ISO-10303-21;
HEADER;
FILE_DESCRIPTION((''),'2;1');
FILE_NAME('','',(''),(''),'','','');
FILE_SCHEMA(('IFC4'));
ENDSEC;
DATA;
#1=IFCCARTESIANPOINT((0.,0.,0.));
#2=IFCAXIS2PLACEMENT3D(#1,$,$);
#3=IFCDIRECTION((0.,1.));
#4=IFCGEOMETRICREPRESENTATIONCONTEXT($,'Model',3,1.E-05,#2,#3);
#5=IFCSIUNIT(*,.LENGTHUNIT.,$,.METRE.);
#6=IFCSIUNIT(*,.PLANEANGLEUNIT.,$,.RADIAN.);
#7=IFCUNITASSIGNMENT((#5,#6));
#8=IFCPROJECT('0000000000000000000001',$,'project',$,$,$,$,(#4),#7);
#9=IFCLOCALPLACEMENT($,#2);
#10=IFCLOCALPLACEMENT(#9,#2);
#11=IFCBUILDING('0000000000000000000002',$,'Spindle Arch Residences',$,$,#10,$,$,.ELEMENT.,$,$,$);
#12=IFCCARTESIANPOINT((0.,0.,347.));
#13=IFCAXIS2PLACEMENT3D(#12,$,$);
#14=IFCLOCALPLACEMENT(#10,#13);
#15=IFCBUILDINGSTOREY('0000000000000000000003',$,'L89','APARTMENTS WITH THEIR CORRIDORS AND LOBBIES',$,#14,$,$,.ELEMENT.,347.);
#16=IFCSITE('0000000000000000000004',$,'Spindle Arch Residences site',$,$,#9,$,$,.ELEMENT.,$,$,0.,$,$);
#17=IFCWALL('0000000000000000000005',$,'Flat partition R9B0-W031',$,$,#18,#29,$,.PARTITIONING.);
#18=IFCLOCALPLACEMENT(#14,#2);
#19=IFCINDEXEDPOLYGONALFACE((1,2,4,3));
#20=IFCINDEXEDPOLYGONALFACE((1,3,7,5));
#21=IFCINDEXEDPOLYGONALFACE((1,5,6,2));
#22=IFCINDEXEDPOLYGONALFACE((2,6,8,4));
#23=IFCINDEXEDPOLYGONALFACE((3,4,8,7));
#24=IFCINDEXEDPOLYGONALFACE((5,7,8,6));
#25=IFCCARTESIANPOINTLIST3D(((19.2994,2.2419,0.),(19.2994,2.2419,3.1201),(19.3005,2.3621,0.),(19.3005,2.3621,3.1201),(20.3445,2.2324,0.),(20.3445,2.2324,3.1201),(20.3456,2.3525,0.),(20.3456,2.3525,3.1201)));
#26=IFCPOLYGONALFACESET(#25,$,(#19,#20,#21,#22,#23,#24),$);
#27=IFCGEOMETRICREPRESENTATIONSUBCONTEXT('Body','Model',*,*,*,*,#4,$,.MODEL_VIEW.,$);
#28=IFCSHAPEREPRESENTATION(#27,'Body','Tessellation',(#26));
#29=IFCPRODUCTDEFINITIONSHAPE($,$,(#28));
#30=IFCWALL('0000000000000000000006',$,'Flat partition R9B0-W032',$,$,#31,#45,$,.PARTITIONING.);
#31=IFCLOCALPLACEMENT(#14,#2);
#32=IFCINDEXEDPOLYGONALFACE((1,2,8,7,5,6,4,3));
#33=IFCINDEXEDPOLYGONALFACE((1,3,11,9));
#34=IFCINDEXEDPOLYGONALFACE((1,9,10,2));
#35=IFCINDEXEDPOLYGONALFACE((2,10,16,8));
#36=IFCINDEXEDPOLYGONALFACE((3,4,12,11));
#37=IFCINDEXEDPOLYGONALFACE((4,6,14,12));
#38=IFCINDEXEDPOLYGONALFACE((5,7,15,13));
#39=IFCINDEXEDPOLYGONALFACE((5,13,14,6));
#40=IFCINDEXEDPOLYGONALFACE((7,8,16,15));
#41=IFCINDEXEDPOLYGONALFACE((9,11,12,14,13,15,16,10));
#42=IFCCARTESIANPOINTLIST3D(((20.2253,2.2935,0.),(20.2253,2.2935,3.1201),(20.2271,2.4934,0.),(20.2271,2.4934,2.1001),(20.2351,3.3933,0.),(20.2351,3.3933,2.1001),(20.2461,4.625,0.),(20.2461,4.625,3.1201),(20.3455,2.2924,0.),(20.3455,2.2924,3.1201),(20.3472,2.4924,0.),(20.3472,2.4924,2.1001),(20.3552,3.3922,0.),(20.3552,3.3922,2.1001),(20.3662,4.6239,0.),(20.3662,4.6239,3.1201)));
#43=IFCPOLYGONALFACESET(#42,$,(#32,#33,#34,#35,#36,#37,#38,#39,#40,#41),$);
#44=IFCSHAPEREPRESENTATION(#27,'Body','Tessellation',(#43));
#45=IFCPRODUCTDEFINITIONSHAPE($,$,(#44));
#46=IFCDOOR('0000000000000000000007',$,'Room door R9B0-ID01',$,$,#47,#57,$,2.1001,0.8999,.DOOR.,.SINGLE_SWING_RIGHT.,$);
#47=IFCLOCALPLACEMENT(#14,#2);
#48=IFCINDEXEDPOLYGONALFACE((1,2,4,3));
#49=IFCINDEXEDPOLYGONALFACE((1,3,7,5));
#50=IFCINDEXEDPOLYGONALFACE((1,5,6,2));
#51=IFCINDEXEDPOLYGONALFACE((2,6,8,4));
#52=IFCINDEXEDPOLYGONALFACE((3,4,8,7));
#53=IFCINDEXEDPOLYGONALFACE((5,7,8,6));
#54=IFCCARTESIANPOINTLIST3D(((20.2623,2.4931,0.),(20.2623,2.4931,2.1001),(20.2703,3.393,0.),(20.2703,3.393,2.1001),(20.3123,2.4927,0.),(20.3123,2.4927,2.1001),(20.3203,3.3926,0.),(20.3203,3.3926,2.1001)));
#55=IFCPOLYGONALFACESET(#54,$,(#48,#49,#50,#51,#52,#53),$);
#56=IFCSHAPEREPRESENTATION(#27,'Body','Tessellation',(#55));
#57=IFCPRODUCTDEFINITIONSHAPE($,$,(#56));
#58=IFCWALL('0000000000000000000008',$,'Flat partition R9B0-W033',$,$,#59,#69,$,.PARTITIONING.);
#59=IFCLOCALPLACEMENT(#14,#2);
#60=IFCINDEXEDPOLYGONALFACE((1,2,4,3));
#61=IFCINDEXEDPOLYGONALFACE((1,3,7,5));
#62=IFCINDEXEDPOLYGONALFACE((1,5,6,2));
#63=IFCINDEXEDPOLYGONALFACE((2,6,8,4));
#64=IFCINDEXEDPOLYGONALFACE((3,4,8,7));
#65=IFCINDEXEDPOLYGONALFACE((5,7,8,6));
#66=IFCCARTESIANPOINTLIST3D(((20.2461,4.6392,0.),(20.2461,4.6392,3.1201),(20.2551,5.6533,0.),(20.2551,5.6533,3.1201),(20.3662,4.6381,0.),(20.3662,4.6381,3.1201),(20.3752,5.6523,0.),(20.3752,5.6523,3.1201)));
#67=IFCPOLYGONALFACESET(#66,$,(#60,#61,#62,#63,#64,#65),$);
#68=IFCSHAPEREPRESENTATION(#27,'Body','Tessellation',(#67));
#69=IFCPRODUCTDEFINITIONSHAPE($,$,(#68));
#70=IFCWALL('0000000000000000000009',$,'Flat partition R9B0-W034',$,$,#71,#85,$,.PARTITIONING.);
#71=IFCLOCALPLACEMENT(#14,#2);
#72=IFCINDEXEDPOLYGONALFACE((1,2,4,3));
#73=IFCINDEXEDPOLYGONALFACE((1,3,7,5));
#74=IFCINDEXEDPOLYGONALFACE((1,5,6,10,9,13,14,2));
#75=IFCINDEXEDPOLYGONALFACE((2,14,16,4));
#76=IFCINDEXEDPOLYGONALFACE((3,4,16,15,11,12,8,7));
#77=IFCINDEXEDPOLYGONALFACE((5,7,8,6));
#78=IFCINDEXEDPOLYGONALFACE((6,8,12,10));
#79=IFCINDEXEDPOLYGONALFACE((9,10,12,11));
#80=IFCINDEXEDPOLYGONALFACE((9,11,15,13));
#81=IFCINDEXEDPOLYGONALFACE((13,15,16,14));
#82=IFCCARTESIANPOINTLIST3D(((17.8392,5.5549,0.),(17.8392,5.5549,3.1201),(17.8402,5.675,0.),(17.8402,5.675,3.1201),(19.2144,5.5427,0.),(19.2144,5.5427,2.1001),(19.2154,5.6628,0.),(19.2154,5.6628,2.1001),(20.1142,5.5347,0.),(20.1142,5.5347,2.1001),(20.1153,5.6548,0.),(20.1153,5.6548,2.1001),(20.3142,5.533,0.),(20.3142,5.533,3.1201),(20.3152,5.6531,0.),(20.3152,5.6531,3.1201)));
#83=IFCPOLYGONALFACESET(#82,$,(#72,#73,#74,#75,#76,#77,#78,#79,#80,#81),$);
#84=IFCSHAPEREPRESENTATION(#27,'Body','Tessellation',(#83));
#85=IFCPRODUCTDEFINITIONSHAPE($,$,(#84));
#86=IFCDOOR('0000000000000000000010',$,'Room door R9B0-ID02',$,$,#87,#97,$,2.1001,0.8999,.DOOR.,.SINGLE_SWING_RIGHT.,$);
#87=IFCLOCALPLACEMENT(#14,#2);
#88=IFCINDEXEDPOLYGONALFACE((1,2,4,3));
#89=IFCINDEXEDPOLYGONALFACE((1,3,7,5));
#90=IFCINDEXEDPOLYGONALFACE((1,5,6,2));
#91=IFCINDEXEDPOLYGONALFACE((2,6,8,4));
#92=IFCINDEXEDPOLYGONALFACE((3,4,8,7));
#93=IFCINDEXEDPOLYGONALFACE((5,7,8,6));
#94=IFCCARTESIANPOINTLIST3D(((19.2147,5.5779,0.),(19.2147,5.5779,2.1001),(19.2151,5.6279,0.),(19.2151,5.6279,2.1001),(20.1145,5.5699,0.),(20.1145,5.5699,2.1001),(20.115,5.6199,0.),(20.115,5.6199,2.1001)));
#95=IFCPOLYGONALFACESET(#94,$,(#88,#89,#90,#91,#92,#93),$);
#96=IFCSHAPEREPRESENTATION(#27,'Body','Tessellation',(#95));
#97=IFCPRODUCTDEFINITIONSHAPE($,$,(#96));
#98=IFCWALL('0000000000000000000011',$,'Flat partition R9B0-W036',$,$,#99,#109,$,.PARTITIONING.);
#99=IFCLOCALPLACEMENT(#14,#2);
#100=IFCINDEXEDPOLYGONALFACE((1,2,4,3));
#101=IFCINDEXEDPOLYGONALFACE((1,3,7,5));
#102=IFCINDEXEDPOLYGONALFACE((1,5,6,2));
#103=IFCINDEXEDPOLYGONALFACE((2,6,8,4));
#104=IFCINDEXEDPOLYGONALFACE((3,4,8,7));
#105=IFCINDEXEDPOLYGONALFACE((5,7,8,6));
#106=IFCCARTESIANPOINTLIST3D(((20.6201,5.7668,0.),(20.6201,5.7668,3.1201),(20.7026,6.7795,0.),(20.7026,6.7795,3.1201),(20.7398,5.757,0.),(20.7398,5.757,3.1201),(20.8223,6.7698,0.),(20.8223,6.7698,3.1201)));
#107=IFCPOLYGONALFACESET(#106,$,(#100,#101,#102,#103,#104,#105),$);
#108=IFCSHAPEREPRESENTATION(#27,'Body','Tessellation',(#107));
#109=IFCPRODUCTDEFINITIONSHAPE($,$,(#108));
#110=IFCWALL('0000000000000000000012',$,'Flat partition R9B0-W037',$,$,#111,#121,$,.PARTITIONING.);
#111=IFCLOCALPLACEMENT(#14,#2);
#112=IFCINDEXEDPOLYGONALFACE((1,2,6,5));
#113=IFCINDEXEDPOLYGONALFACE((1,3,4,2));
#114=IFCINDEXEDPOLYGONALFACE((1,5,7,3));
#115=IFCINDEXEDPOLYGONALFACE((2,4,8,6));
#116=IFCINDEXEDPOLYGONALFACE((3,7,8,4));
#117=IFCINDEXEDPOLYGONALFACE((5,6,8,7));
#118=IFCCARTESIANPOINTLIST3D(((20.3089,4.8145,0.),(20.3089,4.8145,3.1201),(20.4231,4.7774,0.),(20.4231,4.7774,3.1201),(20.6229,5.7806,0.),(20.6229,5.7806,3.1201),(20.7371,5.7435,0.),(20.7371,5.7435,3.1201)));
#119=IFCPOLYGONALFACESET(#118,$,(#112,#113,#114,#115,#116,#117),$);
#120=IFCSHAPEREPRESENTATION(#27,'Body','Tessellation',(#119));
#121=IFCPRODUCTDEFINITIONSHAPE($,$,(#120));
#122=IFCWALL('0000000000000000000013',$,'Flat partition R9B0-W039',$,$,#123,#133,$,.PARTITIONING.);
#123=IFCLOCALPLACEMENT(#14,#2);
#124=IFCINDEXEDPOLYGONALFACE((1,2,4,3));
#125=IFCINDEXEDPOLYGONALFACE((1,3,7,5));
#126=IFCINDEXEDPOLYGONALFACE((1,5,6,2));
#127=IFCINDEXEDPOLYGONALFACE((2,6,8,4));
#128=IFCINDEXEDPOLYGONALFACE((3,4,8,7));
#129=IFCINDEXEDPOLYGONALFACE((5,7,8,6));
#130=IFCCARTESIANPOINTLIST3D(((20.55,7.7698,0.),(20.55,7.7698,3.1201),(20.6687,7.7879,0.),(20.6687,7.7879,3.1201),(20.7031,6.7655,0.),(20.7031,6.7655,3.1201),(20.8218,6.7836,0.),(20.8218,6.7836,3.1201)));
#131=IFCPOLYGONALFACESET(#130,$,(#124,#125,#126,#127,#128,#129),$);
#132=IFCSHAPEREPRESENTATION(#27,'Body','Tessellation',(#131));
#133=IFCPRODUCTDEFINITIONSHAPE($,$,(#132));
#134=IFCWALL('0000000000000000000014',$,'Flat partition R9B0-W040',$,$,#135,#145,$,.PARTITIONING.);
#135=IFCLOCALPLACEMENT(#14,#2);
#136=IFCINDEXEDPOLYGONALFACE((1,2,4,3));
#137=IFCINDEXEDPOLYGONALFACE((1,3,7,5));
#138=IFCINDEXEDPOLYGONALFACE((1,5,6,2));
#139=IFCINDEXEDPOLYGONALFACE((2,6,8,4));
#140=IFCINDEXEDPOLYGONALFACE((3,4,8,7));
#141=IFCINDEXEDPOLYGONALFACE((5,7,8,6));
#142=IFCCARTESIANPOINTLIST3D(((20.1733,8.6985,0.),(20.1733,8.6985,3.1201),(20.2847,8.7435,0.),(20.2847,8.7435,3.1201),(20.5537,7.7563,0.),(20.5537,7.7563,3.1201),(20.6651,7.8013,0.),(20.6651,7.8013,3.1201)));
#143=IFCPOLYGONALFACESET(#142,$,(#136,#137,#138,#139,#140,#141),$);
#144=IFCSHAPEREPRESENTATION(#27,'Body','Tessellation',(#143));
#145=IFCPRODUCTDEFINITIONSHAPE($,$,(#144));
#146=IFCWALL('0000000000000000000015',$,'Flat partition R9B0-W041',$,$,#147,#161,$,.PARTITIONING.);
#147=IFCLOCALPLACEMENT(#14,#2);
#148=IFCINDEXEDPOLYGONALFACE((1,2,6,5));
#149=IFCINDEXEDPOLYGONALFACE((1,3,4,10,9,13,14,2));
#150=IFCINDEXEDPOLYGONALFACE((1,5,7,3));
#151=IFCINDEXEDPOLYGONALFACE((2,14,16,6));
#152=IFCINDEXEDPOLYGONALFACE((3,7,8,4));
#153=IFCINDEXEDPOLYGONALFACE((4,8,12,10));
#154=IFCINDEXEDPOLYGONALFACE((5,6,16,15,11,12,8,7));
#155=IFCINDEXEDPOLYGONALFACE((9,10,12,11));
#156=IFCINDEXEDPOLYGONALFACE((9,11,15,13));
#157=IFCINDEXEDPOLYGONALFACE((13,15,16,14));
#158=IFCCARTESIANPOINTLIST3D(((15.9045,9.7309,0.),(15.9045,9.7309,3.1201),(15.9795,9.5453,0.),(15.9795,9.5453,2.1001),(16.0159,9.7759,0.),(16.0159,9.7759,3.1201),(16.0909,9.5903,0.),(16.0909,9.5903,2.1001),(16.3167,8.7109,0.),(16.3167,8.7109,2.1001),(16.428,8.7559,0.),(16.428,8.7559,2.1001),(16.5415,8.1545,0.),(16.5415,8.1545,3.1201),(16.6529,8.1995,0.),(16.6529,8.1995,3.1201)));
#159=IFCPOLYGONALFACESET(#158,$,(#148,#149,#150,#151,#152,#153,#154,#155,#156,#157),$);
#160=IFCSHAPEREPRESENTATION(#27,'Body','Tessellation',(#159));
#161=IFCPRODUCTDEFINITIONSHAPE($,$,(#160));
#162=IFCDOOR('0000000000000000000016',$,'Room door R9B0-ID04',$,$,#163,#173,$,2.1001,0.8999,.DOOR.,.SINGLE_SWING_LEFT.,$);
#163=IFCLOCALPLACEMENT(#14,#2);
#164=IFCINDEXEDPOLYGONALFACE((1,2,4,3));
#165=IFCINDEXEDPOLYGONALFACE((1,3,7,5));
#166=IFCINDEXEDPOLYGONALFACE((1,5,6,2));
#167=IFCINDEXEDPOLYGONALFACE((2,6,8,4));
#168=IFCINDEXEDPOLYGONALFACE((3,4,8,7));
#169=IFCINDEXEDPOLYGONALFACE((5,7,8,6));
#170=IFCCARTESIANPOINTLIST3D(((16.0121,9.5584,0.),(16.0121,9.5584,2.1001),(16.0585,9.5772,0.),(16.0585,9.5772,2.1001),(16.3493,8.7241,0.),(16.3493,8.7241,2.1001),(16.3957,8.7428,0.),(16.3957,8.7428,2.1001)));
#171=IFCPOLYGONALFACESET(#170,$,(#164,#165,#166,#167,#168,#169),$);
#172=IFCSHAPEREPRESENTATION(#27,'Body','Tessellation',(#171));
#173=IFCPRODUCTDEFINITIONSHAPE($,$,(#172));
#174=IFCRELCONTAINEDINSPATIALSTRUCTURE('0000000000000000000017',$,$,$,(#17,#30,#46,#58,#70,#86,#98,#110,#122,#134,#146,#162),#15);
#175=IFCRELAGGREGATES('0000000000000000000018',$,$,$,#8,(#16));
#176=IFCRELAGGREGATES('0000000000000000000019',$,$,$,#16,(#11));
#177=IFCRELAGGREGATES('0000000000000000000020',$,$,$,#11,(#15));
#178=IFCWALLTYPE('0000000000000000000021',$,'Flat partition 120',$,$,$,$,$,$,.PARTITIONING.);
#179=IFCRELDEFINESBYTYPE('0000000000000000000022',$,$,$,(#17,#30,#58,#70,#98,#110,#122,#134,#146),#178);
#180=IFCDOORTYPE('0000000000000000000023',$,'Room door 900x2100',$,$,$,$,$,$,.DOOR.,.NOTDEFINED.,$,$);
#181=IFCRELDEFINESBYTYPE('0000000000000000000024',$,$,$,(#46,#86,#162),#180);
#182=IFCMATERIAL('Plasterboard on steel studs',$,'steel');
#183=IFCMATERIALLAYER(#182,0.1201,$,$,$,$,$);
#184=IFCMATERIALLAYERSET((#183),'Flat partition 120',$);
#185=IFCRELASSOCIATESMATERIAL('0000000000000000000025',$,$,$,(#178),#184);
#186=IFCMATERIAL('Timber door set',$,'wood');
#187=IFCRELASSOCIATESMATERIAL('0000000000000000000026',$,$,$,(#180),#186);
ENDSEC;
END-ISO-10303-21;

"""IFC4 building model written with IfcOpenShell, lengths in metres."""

from ifc_helpers import new_model, si_unit, direction, frame, frame_2d, origin, place, context, subcontext, project, spatial, rectangle, extrude, material, layer, layer_set, type_object, element, fill, save


model = new_model("IFC4")

# Units and contexts
model_context = context("Model", 3, precision=1e-05, world=origin(), true_north=direction((0.0, 1.0)))
body_context = subcontext(model_context, "Body", "Model", "MODEL_VIEW")
ifc_project = project(units=[si_unit("LENGTHUNIT", "METRE"), si_unit("PLANEANGLEUNIT", "RADIAN")], contexts=[model_context])

# Site, building, storey
site_placement = place(None, origin())
site = spatial("IfcSite", under=ifc_project, at=site_placement, Name="Spindle Arch Residences site", CompositionType="ELEMENT", RefElevation=0.0)
building_placement = place(site_placement, origin())
building = spatial("IfcBuilding", under=site, at=building_placement, Name="Spindle Arch Residences", CompositionType="ELEMENT")
storey_placement = place(building_placement, frame((0.0, 0.0, 347.0)))
storey = spatial("IfcBuildingStorey", under=building, at=storey_placement, Name="L89", Description="APARTMENTS WITH THEIR CORRIDORS AND LOBBIES", CompositionType="ELEMENT", Elevation=347.0)

# Wall
ifc_material_1 = material(Name="Plasterboard on steel studs", Category="steel")
ifc_layer_1 = layer(ifc_material_1, 0.1201)
ifc_layer_set_1 = layer_set([ifc_layer_1], Name="Flat partition 120")
wall_type_1 = type_object("IfcWallType", Name="Flat partition 120", PredefinedType="PARTITIONING", material=ifc_layer_set_1)
wall_1_placement = place(storey_placement, frame((19.3, 2.302, 0.0), z_axis=(0.0, 0.0, 1.0), x_axis=(0.999959, -0.00911, 0.0)))
element("IfcWall", 1, at=wall_1_placement, inside=storey, type_object=wall_type_1, Name="Flat partition R9B0-W031", PredefinedType="PARTITIONING", context=body_context, shape_type="SweptSolid", body=[
    extrude(rectangle(XDim=1.0452, YDim=0.1201, at=frame_2d((0.5225, 0.0))), origin(), (0.0, 0.0, 1.0), 3.1201),
])

# Wall, opening, door
wall_2_placement = place(storey_placement, frame((20.2854, 2.293, 0.0), z_axis=(0.0, 0.0, 1.0), x_axis=(0.0089, 0.99996, 0.0)))
wall_2 = element("IfcWall", 2, at=wall_2_placement, inside=storey, type_object=wall_type_1, Name="Flat partition R9B0-W032", PredefinedType="PARTITIONING", context=body_context, shape_type="SweptSolid", body=[
    extrude(rectangle(XDim=2.3315, YDim=0.1201, at=frame_2d((1.1658, 0.0))), origin(), (0.0, 0.0, 1.0), 3.1201),
])
opening_1_placement = place(wall_2_placement, frame((0.2, 0.0, 0.0)))
opening_1 = element("IfcOpeningElement", 3, at=opening_1_placement, cuts=wall_2, PredefinedType="OPENING", context=body_context, shape_type="SweptSolid", body=[
    extrude(rectangle(XDim=0.8999, YDim=2.1001, at=frame_2d((0.45, 1.05))), frame((0.0, 0.0701, 0.0), z_axis=(0.0, -1.0, 0.0), x_axis=(1.0, 0.0, 0.0)), (0.0, 0.0, 1.0), 0.1401),
])
ifc_material_2 = material(Name="Timber door set", Category="wood")
door_type = type_object("IfcDoorType", Name="Room door 900x2100", OperationType="NOTDEFINED", PredefinedType="DOOR", material=ifc_material_2)
door_1_placement = place(opening_1_placement, origin())
door_1 = element("IfcDoor", 4, at=door_1_placement, inside=storey, type_object=door_type, Name="Room door R9B0-ID01", OperationType="SINGLE_SWING_RIGHT", OverallHeight=2.1001, OverallWidth=0.8999, PredefinedType="DOOR", context=body_context, shape_type="SweptSolid", body=[
    extrude(rectangle(XDim=0.8999, YDim=2.1001, at=frame_2d((0.45, 1.05))), frame((0.0, 0.0249, 0.0), z_axis=(0.0, -1.0, 0.0), x_axis=(1.0, 0.0, 0.0)), (0.0, 0.0, 1.0), 0.05),
])
fill(opening_1, door_1)

# Wall
wall_3_placement = place(storey_placement, frame((20.3062, 4.6387, 0.0), z_axis=(0.0, 0.0, 1.0), x_axis=(0.008907, 0.99996, 0.0)))
element("IfcWall", 5, at=wall_3_placement, inside=storey, type_object=wall_type_1, Name="Flat partition R9B0-W033", PredefinedType="PARTITIONING", context=body_context, shape_type="SweptSolid", body=[
    extrude(rectangle(XDim=1.0142, YDim=0.1201, at=frame_2d((0.5071, 0.0))), origin(), (0.0, 0.0, 1.0), 3.1201),
])

# Wall, opening, door
wall_4_placement = place(storey_placement, frame((20.3147, 5.593, 0.0), z_axis=(0.0, 0.0, 1.0), x_axis=(-0.999961, 0.008877, 0.0)))
wall_4 = element("IfcWall", 6, at=wall_4_placement, inside=storey, type_object=wall_type_1, Name="Flat partition R9B0-W034", PredefinedType="PARTITIONING", context=body_context, shape_type="SweptSolid", body=[
    extrude(rectangle(XDim=2.4751, YDim=0.1201, at=frame_2d((1.2375, 0.0))), origin(), (0.0, 0.0, 1.0), 3.1201),
])
opening_2_placement = place(wall_4_placement, frame((0.2, 0.0, 0.0)))
opening_2 = element("IfcOpeningElement", 7, at=opening_2_placement, cuts=wall_4, PredefinedType="OPENING", context=body_context, shape_type="SweptSolid", body=[
    extrude(rectangle(XDim=0.8999, YDim=2.1001, at=frame_2d((0.45, 1.05))), frame((0.0, 0.0701, 0.0), z_axis=(0.0, -1.0, 0.0), x_axis=(1.0, 0.0, 0.0)), (0.0, 0.0, 1.0), 0.1401),
])
door_2_placement = place(opening_2_placement, origin())
door_2 = element("IfcDoor", 8, at=door_2_placement, inside=storey, type_object=door_type, Name="Room door R9B0-ID02", OperationType="SINGLE_SWING_RIGHT", OverallHeight=2.1001, OverallWidth=0.8999, PredefinedType="DOOR", context=body_context, shape_type="SweptSolid", body=[
    extrude(rectangle(XDim=0.8999, YDim=2.1001, at=frame_2d((0.45, 1.05))), frame((0.0, 0.0249, 0.0), z_axis=(0.0, -1.0, 0.0), x_axis=(1.0, 0.0, 0.0)), (0.0, 0.0, 1.0), 0.05),
])
fill(opening_2, door_2)

# Walls
wall_5_placement = place(storey_placement, frame((20.7625, 6.7747, 0.0), z_axis=(0.0, 0.0, 1.0), x_axis=(-0.081216, -0.996697, 0.0)))
element("IfcWall", 9, at=wall_5_placement, inside=storey, type_object=wall_type_1, Name="Flat partition R9B0-W036", PredefinedType="PARTITIONING", context=body_context, shape_type="SweptSolid", body=[
    extrude(rectangle(XDim=1.0161, YDim=0.1201, at=frame_2d((0.5081, 0.0))), origin(), (0.0, 0.0, 1.0), 3.1201),
])
for number, where, z_axis, x_axis, name in (
    (10, (20.6799, 5.762, 0.0), (0.0, 0.0, 1.0), (-0.309081, -0.951036, 0.0), "Flat partition R9B0-W037"),
    (11, (20.7625, 6.7747, 0.0), (0.0, 0.0, 1.0), (-0.150702, 0.988579, 0.0), "Flat partition R9B0-W039"),
):
    element("IfcWall", number, at=place(storey_placement, frame(where, z_axis=z_axis, x_axis=x_axis)), inside=storey, type_object=wall_type_1, Name=name, PredefinedType="PARTITIONING", context=body_context, shape_type="SweptSolid", body=[
        extrude(rectangle(XDim=1.0159, YDim=0.1201, at=frame_2d((0.5078, 0.0))), origin(), (0.0, 0.0, 1.0), 3.1201),
    ])
wall_6_placement = place(storey_placement, frame((20.6094, 7.7788, 0.0), z_axis=(0.0, 0.0, 1.0), x_axis=(-0.374372, 0.927279, 0.0)))
element("IfcWall", 12, at=wall_6_placement, inside=storey, type_object=wall_type_1, Name="Flat partition R9B0-W040", PredefinedType="PARTITIONING", context=body_context, shape_type="SweptSolid", body=[
    extrude(rectangle(XDim=1.0161, YDim=0.1201, at=frame_2d((0.5081, 0.0))), origin(), (0.0, 0.0, 1.0), 3.1201),
])

# Wall, opening, door
wall_7_placement = place(storey_placement, frame((16.5972, 8.177, 0.0), z_axis=(0.0, 0.0, 1.0), x_axis=(-0.374632, 0.927174, 0.0)))
wall_7 = element("IfcWall", 13, at=wall_7_placement, inside=storey, type_object=wall_type_1, Name="Flat partition R9B0-W041", PredefinedType="PARTITIONING", context=body_context, shape_type="SweptSolid", body=[
    extrude(rectangle(XDim=1.7002, YDim=0.1201, at=frame_2d((0.8501, 0.0))), origin(), (0.0, 0.0, 1.0), 3.1201),
])
opening_3_placement = place(wall_7_placement, frame((0.6001, 0.0, 0.0)))
opening_3 = element("IfcOpeningElement", 14, at=opening_3_placement, cuts=wall_7, PredefinedType="OPENING", context=body_context, shape_type="SweptSolid", body=[
    extrude(rectangle(XDim=0.8999, YDim=2.1001, at=frame_2d((0.45, 1.05))), frame((0.0, 0.0701, 0.0), z_axis=(0.0, -1.0, 0.0), x_axis=(1.0, 0.0, 0.0)), (0.0, 0.0, 1.0), 0.1401),
])
door_3_placement = place(opening_3_placement, origin())
door_3 = element("IfcDoor", 15, at=door_3_placement, inside=storey, type_object=door_type, Name="Room door R9B0-ID04", OperationType="SINGLE_SWING_LEFT", OverallHeight=2.1001, OverallWidth=0.8999, PredefinedType="DOOR", context=body_context, shape_type="SweptSolid", body=[
    extrude(rectangle(XDim=0.8999, YDim=2.1001, at=frame_2d((0.45, 1.05))), frame((0.0, 0.0249, 0.0), z_axis=(0.0, -1.0, 0.0), x_axis=(1.0, 0.0, 0.0)), (0.0, 0.0, 1.0), 0.05),
])
fill(opening_3, door_3)

save(model, "model.ifc")
